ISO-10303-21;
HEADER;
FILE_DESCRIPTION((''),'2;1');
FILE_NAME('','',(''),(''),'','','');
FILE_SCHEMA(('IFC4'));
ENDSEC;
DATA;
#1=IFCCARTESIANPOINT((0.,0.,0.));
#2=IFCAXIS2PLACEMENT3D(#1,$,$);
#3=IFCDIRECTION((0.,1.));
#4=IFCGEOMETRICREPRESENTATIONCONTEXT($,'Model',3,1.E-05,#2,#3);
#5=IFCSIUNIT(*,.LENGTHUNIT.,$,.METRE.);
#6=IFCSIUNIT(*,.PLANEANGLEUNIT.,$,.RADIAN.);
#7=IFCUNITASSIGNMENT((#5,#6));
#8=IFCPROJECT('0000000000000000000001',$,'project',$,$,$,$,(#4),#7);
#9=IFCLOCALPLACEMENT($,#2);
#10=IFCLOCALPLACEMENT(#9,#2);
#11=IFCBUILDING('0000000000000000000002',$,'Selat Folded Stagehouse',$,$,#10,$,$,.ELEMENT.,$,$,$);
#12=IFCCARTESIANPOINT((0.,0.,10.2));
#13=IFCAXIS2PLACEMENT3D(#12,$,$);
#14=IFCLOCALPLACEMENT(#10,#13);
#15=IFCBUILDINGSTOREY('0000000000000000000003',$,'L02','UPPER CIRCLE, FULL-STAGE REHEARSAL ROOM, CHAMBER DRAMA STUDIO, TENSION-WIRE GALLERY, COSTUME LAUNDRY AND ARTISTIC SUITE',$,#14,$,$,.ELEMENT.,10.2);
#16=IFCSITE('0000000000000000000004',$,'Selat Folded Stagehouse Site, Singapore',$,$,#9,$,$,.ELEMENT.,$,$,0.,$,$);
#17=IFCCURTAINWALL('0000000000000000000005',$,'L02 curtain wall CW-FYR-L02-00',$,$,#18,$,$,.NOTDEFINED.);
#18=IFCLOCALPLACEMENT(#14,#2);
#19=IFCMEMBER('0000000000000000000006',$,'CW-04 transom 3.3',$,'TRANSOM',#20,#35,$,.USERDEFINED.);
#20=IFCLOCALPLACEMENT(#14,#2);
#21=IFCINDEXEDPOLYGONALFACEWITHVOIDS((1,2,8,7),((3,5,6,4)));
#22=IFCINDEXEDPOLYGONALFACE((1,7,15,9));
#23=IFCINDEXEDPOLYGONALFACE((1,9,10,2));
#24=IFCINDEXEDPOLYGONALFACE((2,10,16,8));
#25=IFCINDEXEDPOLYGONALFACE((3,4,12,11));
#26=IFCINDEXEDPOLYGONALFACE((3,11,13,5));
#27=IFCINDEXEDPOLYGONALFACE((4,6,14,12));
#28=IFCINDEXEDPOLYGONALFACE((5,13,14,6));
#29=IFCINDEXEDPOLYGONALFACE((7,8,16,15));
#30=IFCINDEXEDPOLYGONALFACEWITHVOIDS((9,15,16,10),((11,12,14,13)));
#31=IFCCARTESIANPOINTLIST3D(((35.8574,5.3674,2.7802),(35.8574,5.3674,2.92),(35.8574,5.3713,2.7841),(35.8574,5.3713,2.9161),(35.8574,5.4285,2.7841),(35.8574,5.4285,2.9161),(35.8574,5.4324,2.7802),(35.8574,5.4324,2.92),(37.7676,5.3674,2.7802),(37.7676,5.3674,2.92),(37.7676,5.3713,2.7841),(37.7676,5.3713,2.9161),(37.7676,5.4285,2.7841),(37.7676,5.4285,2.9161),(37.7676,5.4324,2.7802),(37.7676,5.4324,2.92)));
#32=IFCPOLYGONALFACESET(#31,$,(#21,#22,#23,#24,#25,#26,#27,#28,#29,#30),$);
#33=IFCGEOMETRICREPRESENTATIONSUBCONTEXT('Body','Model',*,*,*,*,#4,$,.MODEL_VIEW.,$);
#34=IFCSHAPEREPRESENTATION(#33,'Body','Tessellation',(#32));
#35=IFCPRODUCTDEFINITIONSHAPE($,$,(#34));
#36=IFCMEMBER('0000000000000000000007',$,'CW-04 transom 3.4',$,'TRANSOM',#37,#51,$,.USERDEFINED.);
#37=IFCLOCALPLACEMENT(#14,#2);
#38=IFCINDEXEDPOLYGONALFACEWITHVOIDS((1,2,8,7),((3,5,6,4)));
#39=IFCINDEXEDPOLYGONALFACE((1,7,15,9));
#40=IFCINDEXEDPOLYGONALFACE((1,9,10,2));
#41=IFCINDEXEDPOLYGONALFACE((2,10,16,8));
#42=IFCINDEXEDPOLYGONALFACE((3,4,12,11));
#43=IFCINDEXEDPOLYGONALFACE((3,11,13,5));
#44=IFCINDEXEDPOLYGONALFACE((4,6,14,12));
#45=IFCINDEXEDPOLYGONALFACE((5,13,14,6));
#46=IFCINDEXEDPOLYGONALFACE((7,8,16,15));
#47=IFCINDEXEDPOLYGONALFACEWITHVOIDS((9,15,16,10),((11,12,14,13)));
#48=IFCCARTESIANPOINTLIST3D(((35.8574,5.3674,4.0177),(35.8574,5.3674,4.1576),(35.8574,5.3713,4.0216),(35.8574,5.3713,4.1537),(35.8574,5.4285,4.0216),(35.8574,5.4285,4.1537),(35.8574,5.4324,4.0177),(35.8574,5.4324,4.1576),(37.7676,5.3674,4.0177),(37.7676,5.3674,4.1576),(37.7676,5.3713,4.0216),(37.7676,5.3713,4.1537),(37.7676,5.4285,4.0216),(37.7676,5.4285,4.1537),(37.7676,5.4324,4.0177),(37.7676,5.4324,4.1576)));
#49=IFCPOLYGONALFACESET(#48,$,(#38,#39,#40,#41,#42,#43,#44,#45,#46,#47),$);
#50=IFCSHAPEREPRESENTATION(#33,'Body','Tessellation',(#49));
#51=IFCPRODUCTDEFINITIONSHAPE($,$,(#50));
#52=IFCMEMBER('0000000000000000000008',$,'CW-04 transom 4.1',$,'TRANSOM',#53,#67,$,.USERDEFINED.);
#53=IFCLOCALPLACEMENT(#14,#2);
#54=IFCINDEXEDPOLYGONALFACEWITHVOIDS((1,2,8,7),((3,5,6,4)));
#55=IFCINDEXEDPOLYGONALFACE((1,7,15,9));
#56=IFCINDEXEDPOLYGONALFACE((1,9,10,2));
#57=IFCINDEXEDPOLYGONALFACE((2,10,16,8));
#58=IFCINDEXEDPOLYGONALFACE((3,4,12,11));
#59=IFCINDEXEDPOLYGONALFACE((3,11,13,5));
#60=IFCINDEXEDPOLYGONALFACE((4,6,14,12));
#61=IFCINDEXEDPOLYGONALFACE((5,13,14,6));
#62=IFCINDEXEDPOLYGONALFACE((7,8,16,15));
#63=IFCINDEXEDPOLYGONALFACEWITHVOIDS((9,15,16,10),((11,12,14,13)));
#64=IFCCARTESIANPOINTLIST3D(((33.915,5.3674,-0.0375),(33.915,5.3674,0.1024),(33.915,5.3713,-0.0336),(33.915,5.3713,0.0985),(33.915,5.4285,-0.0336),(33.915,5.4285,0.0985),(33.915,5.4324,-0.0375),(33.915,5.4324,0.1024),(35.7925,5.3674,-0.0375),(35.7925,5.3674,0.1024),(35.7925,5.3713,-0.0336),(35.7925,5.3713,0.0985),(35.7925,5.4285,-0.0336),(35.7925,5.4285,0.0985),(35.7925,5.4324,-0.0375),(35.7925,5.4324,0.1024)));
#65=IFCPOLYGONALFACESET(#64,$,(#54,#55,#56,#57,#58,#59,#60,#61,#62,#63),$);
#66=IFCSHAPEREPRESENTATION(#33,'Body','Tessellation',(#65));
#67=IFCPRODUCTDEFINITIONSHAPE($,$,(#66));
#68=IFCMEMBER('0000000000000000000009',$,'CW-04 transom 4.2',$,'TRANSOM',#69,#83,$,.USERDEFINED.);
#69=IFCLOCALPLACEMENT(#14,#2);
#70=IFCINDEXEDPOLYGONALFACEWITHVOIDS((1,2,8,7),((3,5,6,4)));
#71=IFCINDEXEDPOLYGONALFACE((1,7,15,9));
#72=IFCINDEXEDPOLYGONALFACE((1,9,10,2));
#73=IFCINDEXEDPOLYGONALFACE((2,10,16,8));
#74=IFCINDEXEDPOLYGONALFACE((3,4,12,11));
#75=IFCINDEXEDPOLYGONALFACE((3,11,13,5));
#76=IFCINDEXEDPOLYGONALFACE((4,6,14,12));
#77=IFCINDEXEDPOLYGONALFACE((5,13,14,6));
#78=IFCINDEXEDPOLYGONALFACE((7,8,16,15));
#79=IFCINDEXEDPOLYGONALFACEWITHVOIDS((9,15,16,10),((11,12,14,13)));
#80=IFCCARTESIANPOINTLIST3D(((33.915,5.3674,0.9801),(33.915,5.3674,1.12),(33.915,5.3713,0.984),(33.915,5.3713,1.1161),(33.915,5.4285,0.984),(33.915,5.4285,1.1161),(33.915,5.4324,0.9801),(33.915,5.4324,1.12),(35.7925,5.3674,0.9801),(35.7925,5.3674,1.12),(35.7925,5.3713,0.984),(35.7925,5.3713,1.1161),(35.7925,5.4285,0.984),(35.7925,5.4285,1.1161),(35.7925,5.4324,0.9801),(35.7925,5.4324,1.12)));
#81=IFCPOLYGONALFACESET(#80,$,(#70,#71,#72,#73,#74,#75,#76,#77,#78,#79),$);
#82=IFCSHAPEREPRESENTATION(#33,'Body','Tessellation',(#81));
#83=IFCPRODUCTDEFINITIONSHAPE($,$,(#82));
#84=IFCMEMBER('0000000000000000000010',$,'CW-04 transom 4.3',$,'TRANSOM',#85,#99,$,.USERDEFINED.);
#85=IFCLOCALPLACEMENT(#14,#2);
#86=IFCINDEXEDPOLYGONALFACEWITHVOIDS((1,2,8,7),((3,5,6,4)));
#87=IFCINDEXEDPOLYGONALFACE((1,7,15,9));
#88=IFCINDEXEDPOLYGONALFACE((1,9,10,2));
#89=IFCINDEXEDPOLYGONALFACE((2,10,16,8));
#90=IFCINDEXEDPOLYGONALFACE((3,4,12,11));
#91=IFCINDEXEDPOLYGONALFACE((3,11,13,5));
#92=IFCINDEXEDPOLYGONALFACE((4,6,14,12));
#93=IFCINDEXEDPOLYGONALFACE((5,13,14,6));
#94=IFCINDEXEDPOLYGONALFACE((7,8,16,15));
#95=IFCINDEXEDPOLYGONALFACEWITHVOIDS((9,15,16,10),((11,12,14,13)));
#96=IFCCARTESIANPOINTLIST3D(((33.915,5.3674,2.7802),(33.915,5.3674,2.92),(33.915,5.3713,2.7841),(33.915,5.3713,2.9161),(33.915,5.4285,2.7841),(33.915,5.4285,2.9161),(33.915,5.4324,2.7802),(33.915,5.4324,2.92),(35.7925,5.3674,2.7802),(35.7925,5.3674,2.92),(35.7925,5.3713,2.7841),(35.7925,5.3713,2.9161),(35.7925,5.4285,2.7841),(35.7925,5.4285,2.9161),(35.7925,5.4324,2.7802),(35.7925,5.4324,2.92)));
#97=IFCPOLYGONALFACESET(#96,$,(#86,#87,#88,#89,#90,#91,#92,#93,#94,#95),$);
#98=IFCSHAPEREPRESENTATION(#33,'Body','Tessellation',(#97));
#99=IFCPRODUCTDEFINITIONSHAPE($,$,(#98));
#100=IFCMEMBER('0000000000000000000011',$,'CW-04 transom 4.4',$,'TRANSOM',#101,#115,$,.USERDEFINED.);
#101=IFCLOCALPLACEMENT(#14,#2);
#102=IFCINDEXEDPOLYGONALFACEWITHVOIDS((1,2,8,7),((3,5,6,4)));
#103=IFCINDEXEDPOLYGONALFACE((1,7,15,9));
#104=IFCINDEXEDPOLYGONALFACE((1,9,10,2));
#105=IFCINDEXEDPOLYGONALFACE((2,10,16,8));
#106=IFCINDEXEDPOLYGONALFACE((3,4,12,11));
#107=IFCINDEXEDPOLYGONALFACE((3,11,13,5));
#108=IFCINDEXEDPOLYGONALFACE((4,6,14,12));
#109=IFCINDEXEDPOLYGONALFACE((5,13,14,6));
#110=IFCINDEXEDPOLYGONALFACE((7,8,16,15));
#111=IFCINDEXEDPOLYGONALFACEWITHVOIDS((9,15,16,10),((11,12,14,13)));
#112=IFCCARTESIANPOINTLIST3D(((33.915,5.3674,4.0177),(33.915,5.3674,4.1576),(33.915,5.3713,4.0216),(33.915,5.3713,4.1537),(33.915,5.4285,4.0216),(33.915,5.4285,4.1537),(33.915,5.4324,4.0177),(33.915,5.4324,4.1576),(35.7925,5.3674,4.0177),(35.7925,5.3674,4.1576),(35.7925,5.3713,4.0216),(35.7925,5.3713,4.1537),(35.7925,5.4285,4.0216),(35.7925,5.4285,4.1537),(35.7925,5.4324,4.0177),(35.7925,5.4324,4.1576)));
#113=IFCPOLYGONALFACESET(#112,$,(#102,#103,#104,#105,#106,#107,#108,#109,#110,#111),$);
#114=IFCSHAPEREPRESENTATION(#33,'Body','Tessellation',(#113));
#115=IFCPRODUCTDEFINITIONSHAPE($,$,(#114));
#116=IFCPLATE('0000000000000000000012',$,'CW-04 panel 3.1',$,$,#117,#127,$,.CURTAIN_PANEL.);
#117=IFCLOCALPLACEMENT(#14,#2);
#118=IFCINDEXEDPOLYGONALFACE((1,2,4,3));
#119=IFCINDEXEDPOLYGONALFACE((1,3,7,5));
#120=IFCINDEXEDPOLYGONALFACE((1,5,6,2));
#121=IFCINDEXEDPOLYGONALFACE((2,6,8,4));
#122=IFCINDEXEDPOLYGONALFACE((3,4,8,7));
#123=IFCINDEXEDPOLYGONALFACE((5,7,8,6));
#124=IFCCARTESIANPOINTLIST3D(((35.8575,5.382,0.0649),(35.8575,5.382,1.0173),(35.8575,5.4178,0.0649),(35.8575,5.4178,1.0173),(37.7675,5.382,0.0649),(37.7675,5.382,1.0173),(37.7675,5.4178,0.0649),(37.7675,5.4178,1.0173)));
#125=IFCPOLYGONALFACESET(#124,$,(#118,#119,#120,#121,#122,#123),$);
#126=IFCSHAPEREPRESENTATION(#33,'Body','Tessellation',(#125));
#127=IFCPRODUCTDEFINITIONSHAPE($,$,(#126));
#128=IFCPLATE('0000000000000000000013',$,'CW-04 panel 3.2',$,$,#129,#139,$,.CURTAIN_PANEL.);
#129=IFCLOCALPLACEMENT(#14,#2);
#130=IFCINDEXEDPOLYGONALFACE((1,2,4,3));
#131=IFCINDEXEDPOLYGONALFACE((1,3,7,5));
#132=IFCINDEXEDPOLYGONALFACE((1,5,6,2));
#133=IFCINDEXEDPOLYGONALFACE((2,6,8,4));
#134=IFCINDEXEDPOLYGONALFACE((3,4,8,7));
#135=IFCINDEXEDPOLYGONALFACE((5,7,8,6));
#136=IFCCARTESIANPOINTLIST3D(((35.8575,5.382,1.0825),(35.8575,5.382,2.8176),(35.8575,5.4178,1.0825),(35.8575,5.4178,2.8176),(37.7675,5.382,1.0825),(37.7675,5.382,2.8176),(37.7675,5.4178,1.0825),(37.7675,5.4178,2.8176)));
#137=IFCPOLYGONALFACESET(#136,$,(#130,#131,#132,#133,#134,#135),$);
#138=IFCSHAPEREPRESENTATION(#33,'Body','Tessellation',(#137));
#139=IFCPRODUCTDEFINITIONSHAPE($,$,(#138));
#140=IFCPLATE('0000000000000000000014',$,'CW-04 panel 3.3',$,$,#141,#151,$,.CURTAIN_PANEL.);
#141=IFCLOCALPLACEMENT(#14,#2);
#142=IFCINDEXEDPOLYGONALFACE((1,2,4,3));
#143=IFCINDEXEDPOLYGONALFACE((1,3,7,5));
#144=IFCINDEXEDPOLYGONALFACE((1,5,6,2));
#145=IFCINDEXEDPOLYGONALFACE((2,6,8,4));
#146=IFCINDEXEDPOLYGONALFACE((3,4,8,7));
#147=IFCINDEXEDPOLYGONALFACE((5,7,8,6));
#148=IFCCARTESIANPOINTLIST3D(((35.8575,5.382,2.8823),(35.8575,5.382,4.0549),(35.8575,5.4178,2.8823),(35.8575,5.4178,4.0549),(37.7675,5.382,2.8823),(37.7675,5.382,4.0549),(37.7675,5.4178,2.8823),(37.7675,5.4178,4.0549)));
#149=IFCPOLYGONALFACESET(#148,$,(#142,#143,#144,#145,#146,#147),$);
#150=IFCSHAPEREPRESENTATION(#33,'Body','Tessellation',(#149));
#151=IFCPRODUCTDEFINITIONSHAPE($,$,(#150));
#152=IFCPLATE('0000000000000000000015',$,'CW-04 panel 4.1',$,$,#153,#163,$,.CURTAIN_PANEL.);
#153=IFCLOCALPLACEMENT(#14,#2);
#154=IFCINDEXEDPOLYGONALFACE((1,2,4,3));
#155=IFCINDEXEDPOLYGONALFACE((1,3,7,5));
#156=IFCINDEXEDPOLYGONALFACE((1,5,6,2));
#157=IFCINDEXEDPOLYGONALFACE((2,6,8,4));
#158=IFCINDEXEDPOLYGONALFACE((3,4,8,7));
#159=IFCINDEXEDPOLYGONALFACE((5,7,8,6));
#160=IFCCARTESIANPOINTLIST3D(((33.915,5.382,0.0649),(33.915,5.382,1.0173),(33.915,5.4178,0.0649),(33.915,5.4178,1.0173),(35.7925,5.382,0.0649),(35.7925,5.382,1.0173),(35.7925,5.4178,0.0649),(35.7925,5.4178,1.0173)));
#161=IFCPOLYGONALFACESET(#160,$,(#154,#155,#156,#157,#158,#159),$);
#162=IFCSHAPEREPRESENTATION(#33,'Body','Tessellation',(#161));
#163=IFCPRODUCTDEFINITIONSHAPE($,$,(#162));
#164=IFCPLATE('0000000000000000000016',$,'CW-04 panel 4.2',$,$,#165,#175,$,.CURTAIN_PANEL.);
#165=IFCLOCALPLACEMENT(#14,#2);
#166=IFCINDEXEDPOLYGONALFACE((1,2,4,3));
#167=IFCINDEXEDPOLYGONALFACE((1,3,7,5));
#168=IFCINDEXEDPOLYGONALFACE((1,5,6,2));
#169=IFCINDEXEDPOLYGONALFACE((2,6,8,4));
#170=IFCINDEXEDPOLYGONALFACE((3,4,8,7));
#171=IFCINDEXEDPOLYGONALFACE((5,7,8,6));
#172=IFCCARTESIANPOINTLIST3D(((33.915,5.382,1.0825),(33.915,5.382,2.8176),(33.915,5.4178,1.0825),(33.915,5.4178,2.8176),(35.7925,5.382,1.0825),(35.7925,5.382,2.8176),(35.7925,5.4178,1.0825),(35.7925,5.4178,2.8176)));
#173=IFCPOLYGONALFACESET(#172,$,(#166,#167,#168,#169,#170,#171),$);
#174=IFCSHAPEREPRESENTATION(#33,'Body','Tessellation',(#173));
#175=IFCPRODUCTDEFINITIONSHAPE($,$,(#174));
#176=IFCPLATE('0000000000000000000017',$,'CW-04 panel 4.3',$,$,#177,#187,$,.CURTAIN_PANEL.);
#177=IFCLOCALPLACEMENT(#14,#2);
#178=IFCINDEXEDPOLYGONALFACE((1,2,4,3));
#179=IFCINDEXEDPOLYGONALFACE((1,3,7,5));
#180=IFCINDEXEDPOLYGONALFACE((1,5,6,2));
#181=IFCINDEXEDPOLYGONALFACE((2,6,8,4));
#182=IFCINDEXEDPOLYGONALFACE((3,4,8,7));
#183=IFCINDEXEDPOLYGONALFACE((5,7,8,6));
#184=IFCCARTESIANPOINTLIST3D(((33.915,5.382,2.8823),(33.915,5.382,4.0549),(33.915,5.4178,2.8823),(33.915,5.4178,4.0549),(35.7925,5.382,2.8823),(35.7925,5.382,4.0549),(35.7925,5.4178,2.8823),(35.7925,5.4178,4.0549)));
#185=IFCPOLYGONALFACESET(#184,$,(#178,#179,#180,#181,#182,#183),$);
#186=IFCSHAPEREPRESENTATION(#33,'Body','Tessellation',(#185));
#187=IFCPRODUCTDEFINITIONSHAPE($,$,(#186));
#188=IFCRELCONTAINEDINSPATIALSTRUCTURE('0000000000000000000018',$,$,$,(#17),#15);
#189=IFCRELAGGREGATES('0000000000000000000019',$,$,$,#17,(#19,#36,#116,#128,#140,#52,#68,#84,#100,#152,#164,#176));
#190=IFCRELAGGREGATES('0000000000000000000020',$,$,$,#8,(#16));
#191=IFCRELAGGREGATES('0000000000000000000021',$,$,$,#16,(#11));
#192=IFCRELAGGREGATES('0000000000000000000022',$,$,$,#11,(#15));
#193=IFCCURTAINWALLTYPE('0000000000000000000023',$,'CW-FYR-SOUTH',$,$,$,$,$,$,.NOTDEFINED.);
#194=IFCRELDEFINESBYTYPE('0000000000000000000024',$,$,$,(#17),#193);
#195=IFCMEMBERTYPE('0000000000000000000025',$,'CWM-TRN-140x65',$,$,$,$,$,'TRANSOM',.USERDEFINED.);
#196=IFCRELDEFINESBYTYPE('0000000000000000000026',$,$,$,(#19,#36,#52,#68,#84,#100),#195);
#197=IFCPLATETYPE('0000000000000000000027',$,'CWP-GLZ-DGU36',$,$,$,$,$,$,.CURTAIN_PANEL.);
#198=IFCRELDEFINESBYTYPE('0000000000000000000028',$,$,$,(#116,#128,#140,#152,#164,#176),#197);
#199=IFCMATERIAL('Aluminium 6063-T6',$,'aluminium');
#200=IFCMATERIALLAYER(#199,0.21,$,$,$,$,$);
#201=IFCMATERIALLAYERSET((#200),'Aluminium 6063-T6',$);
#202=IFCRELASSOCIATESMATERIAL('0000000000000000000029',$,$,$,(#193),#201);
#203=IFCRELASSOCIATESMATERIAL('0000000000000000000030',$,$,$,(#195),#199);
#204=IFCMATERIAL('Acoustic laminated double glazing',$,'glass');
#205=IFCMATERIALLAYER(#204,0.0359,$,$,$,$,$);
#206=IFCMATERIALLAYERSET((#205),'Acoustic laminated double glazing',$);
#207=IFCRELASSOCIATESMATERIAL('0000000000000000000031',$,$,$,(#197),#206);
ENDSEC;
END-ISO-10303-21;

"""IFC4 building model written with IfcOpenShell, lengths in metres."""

from ifc_helpers import new_model, si_unit, direction, frame, origin, origin_2d, place, context, subcontext, project, spatial, rectangle, hollow_rectangle, extrude, material, layer, layer_set, material_profile, profile_set, type_object, element, aggregate, save


model = new_model("IFC4")

# Units and contexts
model_context = context("Model", 3, precision=1e-05, world=origin(), true_north=direction((0.0, 1.0)))
body_context = subcontext(model_context, "Body", "Model", "MODEL_VIEW")
ifc_project = project(units=[si_unit("LENGTHUNIT", "METRE"), si_unit("PLANEANGLEUNIT", "RADIAN")], contexts=[model_context])

# Site, building, storey
site_placement = place(None, origin())
site = spatial("IfcSite", under=ifc_project, at=site_placement, Name="Selat Folded Stagehouse Site, Singapore", CompositionType="ELEMENT", RefElevation=0.0)
building_placement = place(site_placement, origin())
building = spatial("IfcBuilding", under=site, at=building_placement, Name="Selat Folded Stagehouse", CompositionType="ELEMENT")
storey_placement = place(building_placement, frame((0.0, 0.0, 10.2)))
storey = spatial("IfcBuildingStorey", under=building, at=storey_placement, Name="L02", Description="UPPER CIRCLE, FULL-STAGE REHEARSAL ROOM, CHAMBER DRAMA STUDIO, TENSION-WIRE GALLERY, COSTUME LAUNDRY AND ARTISTIC SUITE", CompositionType="ELEMENT", Elevation=10.2)

# Shared definitions
ifc_material_1 = material(Name="Aluminium 6063-T6", Category="aluminium")

# Curtain wall
ifc_layer_1 = layer(ifc_material_1, 0.21)
ifc_layer_set_1 = layer_set([ifc_layer_1], Name="Aluminium 6063-T6")
curtain_wall_type_1 = type_object("IfcCurtainWallType", Name="CW-FYR-SOUTH", PredefinedType="NOTDEFINED", material=ifc_layer_set_1)
curtain_wall_1_placement = place(storey_placement, origin())
curtain_wall_1 = element("IfcCurtainWall", 1, at=curtain_wall_1_placement, inside=storey, type_object=curtain_wall_type_1, Name="L02 curtain wall CW-FYR-L02-00", PredefinedType="NOTDEFINED")

# Members
ifc_material_profile_1 = material_profile(ifc_material_1, hollow_rectangle(XDim=0.0649, YDim=0.1399, WallThickness=0.0039, at=origin_2d()), Name="ALU 140x65x4.0")
ifc_profile_set_1 = profile_set([ifc_material_profile_1], Name="Aluminium 6063-T6")
member_type_1 = type_object("IfcMemberType", Name="CWM-TRN-140x65", ElementType="TRANSOM", PredefinedType="USERDEFINED", material=ifc_profile_set_1)
member_1_placement = place(storey_placement, frame((37.7676, 5.3999, 2.8501), z_axis=(-1.0, 0.0, 0.0), x_axis=(0.0, -1.0, 0.0)))
member_1 = element("IfcMember", 2, at=member_1_placement, type_object=member_type_1, Name="CW-04 transom 3.3", ObjectType="TRANSOM", PredefinedType="USERDEFINED", context=body_context, shape_type="SweptSolid", body=[
    extrude(hollow_rectangle(XDim=0.0649, YDim=0.1399, WallThickness=0.0039, at=origin_2d()), origin(), (0.0, 0.0, 1.0), 1.9102),
])
member_2_placement = place(storey_placement, frame((37.7676, 5.3999, 4.0876), z_axis=(-1.0, 0.0, 0.0), x_axis=(0.0, -1.0, 0.0)))
member_2 = element("IfcMember", 3, at=member_2_placement, type_object=member_type_1, Name="CW-04 transom 3.4", ObjectType="TRANSOM", PredefinedType="USERDEFINED", context=body_context, shape_type="SweptSolid", body=[
    extrude(hollow_rectangle(XDim=0.0649, YDim=0.1399, WallThickness=0.0039, at=origin_2d()), origin(), (0.0, 0.0, 1.0), 1.9102),
])
member_3_placement = place(storey_placement, frame((35.7925, 5.3999, 0.0325), z_axis=(-1.0, 0.0, 0.0), x_axis=(0.0, -1.0, 0.0)))
member_3 = element("IfcMember", 4, at=member_3_placement, type_object=member_type_1, Name="CW-04 transom 4.1", ObjectType="TRANSOM", PredefinedType="USERDEFINED", context=body_context, shape_type="SweptSolid", body=[
    extrude(hollow_rectangle(XDim=0.0649, YDim=0.1399, WallThickness=0.0039, at=origin_2d()), origin(), (0.0, 0.0, 1.0), 1.8774),
])
member_4_placement = place(storey_placement, frame((35.7925, 5.3999, 1.05), z_axis=(-1.0, 0.0, 0.0), x_axis=(0.0, -1.0, 0.0)))
member_4 = element("IfcMember", 5, at=member_4_placement, type_object=member_type_1, Name="CW-04 transom 4.2", ObjectType="TRANSOM", PredefinedType="USERDEFINED", context=body_context, shape_type="SweptSolid", body=[
    extrude(hollow_rectangle(XDim=0.0649, YDim=0.1399, WallThickness=0.0039, at=origin_2d()), origin(), (0.0, 0.0, 1.0), 1.8774),
])
member_5_placement = place(storey_placement, frame((35.7925, 5.3999, 2.8501), z_axis=(-1.0, 0.0, 0.0), x_axis=(0.0, -1.0, 0.0)))
member_5 = element("IfcMember", 6, at=member_5_placement, type_object=member_type_1, Name="CW-04 transom 4.3", ObjectType="TRANSOM", PredefinedType="USERDEFINED", context=body_context, shape_type="SweptSolid", body=[
    extrude(hollow_rectangle(XDim=0.0649, YDim=0.1399, WallThickness=0.0039, at=origin_2d()), origin(), (0.0, 0.0, 1.0), 1.8774),
])
member_6_placement = place(storey_placement, frame((35.7925, 5.3999, 4.0876), z_axis=(-1.0, 0.0, 0.0), x_axis=(0.0, -1.0, 0.0)))
member_6 = element("IfcMember", 7, at=member_6_placement, type_object=member_type_1, Name="CW-04 transom 4.4", ObjectType="TRANSOM", PredefinedType="USERDEFINED", context=body_context, shape_type="SweptSolid", body=[
    extrude(hollow_rectangle(XDim=0.0649, YDim=0.1399, WallThickness=0.0039, at=origin_2d()), origin(), (0.0, 0.0, 1.0), 1.8774),
])

# Plates
ifc_material_2 = material(Name="Acoustic laminated double glazing", Category="glass")
ifc_layer_2 = layer(ifc_material_2, 0.0359)
ifc_layer_set_2 = layer_set([ifc_layer_2], Name="Acoustic laminated double glazing")
plate_type = type_object("IfcPlateType", Name="CWP-GLZ-DGU36", PredefinedType="CURTAIN_PANEL", material=ifc_layer_set_2)
plate_1_placement = place(storey_placement, frame((36.8125, 5.3999, 0.0649), z_axis=(0.0, 0.0, 1.0), x_axis=(-1.0, 0.0, 0.0)))
plate_1 = element("IfcPlate", 8, at=plate_1_placement, type_object=plate_type, Name="CW-04 panel 3.1", PredefinedType="CURTAIN_PANEL", context=body_context, shape_type="SweptSolid", body=[
    extrude(rectangle(XDim=1.9099, YDim=0.0359, at=origin_2d()), origin(), (0.0, 0.0, 1.0), 0.9524),
])
plate_2_placement = place(storey_placement, frame((36.8125, 5.3999, 1.0825), z_axis=(0.0, 0.0, 1.0), x_axis=(-1.0, 0.0, 0.0)))
plate_2 = element("IfcPlate", 9, at=plate_2_placement, type_object=plate_type, Name="CW-04 panel 3.2", PredefinedType="CURTAIN_PANEL", context=body_context, shape_type="SweptSolid", body=[
    extrude(rectangle(XDim=1.9099, YDim=0.0359, at=origin_2d()), origin(), (0.0, 0.0, 1.0), 1.7351),
])
plate_3_placement = place(storey_placement, frame((36.8125, 5.3999, 2.8823), z_axis=(0.0, 0.0, 1.0), x_axis=(-1.0, 0.0, 0.0)))
plate_3 = element("IfcPlate", 10, at=plate_3_placement, type_object=plate_type, Name="CW-04 panel 3.3", PredefinedType="CURTAIN_PANEL", context=body_context, shape_type="SweptSolid", body=[
    extrude(rectangle(XDim=1.9099, YDim=0.0359, at=origin_2d()), origin(), (0.0, 0.0, 1.0), 1.1726),
])
plate_4_placement = place(storey_placement, frame((34.8538, 5.3999, 0.0649), z_axis=(0.0, 0.0, 1.0), x_axis=(-1.0, 0.0, 0.0)))
plate_4 = element("IfcPlate", 11, at=plate_4_placement, type_object=plate_type, Name="CW-04 panel 4.1", PredefinedType="CURTAIN_PANEL", context=body_context, shape_type="SweptSolid", body=[
    extrude(rectangle(XDim=1.8774, YDim=0.0359, at=origin_2d()), origin(), (0.0, 0.0, 1.0), 0.9524),
])
plate_5_placement = place(storey_placement, frame((34.8538, 5.3999, 1.0825), z_axis=(0.0, 0.0, 1.0), x_axis=(-1.0, 0.0, 0.0)))
plate_5 = element("IfcPlate", 12, at=plate_5_placement, type_object=plate_type, Name="CW-04 panel 4.2", PredefinedType="CURTAIN_PANEL", context=body_context, shape_type="SweptSolid", body=[
    extrude(rectangle(XDim=1.8774, YDim=0.0359, at=origin_2d()), origin(), (0.0, 0.0, 1.0), 1.7351),
])
plate_6_placement = place(storey_placement, frame((34.8538, 5.3999, 2.8823), z_axis=(0.0, 0.0, 1.0), x_axis=(-1.0, 0.0, 0.0)))
plate_6 = element("IfcPlate", 13, at=plate_6_placement, type_object=plate_type, Name="CW-04 panel 4.3", PredefinedType="CURTAIN_PANEL", context=body_context, shape_type="SweptSolid", body=[
    extrude(rectangle(XDim=1.8774, YDim=0.0359, at=origin_2d()), origin(), (0.0, 0.0, 1.0), 1.1726),
])
aggregate(curtain_wall_1, [member_1, member_2, plate_1, plate_2, plate_3, member_3, member_4, member_5, member_6, plate_4, plate_5, plate_6])

save(model, "model.ifc")
